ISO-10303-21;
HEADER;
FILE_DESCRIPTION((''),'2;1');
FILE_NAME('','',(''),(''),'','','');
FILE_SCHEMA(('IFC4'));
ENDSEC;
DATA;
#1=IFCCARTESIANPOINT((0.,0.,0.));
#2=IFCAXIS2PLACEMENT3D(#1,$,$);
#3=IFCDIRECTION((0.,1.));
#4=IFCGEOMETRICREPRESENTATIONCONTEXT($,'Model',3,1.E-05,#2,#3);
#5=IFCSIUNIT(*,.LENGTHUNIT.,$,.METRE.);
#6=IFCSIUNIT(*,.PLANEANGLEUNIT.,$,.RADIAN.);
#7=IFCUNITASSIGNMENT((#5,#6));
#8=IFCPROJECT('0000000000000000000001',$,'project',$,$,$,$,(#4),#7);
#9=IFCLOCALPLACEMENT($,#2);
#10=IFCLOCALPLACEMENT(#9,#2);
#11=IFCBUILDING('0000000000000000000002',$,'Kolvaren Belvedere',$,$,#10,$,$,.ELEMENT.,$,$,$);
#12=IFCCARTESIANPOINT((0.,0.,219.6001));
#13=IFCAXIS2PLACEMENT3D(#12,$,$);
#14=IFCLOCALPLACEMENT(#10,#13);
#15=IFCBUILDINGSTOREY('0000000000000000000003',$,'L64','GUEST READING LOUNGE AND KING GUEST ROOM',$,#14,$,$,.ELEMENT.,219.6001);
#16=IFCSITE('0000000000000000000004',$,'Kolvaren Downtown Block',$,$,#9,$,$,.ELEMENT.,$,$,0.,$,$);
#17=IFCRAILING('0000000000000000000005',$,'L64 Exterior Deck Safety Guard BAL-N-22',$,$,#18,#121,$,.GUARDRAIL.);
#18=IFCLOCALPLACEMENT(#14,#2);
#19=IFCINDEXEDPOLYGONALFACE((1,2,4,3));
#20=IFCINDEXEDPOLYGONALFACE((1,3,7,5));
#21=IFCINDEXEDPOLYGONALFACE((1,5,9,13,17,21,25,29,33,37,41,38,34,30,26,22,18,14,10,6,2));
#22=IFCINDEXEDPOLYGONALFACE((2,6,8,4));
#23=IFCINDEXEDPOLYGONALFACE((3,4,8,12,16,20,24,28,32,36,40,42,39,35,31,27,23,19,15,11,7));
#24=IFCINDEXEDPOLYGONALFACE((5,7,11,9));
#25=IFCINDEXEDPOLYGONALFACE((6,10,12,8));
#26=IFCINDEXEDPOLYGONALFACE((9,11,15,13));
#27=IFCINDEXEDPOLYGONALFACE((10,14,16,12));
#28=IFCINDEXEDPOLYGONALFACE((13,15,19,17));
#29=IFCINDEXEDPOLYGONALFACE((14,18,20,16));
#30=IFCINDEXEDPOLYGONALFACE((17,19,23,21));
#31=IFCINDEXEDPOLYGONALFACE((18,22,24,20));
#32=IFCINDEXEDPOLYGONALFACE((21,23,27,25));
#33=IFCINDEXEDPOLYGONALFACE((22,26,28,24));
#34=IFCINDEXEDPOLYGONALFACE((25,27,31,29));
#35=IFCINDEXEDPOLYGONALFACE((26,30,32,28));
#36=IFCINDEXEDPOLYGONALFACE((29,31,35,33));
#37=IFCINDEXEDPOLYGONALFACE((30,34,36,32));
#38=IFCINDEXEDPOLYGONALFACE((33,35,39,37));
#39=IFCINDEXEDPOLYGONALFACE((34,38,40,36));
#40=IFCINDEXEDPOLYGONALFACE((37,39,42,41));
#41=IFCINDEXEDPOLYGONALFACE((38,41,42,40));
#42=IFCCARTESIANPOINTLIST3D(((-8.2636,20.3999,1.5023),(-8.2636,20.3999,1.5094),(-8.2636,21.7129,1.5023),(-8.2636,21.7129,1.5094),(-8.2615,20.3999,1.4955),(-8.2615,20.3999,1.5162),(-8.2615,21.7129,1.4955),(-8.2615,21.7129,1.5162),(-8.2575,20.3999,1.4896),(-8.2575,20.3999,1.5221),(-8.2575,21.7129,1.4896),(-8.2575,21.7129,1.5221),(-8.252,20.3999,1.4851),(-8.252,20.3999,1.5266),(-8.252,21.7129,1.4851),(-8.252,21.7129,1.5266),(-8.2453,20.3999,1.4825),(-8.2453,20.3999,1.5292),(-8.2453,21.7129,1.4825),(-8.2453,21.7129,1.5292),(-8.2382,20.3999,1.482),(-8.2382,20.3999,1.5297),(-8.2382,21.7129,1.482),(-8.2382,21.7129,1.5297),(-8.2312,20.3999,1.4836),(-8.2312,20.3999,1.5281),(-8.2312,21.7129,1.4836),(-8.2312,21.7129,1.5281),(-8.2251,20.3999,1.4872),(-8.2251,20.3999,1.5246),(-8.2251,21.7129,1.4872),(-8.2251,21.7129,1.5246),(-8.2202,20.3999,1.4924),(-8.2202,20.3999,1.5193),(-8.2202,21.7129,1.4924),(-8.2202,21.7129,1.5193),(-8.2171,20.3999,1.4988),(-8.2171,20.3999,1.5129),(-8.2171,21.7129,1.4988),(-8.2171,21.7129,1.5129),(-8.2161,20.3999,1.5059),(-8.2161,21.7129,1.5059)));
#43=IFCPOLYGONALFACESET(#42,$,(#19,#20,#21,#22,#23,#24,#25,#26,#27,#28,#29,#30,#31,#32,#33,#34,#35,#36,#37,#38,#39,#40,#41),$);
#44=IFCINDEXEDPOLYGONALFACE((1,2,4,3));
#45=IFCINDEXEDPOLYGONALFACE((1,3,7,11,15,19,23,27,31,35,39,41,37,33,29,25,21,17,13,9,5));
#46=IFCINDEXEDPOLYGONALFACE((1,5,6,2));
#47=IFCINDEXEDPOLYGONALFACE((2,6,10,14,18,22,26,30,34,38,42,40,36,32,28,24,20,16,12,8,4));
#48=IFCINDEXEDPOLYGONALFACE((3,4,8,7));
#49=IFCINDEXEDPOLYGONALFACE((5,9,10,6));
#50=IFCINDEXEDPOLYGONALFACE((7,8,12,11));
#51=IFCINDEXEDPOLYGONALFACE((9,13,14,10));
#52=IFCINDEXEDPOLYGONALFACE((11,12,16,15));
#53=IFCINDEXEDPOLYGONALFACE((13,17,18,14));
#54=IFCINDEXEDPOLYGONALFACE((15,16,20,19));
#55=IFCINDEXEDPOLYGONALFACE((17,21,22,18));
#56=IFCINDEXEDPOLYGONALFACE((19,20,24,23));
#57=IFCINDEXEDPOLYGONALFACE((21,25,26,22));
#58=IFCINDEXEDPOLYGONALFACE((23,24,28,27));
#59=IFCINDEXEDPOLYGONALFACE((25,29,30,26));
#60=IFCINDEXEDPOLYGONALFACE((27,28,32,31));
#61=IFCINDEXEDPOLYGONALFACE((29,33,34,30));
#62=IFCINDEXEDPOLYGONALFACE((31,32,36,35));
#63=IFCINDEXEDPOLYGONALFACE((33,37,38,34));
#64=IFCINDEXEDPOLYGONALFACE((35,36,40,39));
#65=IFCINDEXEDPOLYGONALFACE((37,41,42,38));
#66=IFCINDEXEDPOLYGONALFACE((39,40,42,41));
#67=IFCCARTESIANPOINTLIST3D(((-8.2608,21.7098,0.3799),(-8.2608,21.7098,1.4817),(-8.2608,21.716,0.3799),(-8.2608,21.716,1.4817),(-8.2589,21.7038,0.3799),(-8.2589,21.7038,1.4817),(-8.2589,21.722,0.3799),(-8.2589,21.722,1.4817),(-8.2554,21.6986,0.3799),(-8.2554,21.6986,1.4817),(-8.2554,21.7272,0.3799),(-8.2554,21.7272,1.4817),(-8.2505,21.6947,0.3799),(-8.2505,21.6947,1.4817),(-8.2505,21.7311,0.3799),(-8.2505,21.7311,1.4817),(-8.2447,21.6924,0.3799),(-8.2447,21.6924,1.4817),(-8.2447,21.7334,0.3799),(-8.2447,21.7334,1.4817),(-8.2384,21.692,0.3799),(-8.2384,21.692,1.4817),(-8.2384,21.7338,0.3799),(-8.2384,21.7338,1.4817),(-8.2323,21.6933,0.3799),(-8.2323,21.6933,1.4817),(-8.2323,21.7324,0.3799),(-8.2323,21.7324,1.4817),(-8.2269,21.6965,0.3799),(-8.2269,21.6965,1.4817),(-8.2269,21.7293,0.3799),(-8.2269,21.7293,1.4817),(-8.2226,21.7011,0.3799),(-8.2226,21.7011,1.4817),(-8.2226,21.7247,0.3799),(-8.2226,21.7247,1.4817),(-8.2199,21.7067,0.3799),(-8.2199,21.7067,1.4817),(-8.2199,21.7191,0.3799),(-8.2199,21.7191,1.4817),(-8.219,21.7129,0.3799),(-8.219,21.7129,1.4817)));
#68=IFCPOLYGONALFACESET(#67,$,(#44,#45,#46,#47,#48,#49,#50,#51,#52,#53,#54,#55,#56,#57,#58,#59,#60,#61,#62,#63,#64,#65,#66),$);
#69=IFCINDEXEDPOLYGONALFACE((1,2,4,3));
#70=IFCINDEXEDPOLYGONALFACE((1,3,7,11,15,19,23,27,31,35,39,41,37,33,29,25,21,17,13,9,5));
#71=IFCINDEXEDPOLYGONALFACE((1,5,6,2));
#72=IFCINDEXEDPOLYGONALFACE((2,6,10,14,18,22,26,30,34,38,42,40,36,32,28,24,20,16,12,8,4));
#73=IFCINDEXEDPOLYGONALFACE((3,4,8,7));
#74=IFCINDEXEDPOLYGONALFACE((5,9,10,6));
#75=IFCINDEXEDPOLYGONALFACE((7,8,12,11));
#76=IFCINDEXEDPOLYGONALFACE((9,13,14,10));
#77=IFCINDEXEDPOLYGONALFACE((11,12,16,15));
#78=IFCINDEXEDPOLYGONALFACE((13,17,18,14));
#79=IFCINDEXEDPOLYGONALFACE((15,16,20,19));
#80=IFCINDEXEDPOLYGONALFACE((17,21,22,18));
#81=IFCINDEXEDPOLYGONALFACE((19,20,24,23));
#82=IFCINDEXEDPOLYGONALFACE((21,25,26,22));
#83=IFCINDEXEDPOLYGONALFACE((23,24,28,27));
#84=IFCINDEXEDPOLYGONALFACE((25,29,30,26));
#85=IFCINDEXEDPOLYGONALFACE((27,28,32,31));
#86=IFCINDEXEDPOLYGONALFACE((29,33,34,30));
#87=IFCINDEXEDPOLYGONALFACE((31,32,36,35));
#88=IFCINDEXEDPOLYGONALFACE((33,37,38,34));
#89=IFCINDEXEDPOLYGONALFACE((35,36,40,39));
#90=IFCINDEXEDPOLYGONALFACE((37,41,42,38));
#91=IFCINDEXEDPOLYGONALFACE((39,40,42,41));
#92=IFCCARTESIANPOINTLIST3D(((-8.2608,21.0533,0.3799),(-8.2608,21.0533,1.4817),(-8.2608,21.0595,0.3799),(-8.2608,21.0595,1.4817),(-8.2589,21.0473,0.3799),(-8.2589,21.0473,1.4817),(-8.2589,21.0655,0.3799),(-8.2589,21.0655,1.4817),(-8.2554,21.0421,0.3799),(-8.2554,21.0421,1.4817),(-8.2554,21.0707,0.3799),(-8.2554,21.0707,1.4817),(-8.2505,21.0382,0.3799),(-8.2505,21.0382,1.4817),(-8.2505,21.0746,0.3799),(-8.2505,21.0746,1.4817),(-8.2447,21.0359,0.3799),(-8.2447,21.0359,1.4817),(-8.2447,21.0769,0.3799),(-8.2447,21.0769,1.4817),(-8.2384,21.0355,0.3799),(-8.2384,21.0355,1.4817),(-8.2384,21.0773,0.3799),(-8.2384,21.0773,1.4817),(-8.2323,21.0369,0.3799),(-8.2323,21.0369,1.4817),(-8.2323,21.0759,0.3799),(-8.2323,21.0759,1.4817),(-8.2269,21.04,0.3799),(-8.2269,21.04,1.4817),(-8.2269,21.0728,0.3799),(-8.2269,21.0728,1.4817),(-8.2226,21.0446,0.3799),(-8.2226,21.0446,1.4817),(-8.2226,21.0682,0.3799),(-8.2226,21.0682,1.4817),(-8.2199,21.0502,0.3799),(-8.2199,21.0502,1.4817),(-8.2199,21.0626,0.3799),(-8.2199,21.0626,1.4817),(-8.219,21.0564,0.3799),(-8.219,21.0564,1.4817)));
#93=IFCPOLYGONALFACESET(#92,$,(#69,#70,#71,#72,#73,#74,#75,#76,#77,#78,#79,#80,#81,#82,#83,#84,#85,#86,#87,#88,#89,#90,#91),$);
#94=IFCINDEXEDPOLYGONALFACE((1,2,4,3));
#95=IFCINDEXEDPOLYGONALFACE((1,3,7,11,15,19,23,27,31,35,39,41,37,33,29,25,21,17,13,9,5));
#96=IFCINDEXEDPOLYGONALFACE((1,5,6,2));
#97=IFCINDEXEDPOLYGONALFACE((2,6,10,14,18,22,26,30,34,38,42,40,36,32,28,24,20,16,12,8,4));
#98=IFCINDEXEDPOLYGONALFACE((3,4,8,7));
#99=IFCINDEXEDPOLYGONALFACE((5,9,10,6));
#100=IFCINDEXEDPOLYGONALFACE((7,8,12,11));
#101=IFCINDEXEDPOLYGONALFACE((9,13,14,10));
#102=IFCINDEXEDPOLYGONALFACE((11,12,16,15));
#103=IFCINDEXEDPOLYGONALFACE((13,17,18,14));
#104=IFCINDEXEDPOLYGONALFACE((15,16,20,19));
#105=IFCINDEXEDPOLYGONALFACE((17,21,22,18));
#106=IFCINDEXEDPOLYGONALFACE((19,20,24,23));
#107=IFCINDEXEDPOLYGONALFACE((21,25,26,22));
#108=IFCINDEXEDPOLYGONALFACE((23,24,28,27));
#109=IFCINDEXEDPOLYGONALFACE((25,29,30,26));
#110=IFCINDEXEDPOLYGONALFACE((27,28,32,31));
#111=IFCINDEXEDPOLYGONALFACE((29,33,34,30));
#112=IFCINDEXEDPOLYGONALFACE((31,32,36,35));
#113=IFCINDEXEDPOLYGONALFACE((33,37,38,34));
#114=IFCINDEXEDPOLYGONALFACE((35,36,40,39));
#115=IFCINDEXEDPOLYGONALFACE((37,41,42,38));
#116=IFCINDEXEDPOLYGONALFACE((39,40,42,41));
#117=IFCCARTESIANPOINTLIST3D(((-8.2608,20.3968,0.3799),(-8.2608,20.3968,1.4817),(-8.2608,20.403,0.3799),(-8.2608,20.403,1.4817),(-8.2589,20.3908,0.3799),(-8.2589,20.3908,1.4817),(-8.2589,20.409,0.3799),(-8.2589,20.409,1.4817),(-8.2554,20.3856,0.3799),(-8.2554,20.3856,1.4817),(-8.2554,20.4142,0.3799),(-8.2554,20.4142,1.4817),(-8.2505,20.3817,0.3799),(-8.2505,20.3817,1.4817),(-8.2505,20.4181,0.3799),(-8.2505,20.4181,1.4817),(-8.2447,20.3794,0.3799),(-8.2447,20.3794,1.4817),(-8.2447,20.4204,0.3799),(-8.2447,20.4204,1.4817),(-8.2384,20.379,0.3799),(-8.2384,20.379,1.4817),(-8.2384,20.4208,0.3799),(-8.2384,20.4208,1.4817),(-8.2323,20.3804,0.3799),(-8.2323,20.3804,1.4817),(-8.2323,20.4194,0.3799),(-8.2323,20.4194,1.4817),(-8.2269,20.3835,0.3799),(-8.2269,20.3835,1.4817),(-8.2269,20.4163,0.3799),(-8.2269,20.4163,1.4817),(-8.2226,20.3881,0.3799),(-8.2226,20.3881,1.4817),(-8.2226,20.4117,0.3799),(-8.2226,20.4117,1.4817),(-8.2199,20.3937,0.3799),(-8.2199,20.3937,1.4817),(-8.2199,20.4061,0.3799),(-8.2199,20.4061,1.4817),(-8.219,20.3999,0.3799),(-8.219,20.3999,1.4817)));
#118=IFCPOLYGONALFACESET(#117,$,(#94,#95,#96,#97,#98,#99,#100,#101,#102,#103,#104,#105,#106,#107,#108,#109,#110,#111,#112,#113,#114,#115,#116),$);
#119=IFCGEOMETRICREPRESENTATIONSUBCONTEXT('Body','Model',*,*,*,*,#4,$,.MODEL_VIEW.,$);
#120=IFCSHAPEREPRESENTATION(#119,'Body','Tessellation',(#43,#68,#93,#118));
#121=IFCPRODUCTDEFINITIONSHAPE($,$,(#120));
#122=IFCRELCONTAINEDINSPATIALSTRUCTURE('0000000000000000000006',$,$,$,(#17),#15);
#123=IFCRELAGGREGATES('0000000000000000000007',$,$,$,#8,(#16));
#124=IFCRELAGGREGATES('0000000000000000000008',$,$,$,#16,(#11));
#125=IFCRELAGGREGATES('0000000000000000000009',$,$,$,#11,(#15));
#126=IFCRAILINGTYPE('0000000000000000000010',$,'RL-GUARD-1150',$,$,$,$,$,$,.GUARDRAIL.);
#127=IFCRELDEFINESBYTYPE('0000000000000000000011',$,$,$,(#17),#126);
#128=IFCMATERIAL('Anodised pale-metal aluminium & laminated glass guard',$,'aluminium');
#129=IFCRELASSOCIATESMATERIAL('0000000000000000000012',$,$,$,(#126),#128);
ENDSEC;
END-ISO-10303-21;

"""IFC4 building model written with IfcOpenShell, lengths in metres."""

from ifc_helpers import new_model, si_unit, direction, frame, origin, origin_2d, place, context, subcontext, project, spatial, circle, extrude, material, type_object, element, save


model = new_model("IFC4")

# Units and contexts
model_context = context("Model", 3, precision=1e-05, world=origin(), true_north=direction((0.0, 1.0)))
body_context = subcontext(model_context, "Body", "Model", "MODEL_VIEW")
ifc_project = project(units=[si_unit("LENGTHUNIT", "METRE"), si_unit("PLANEANGLEUNIT", "RADIAN")], contexts=[model_context])

# Site, building, storey
site_placement = place(None, origin())
site = spatial("IfcSite", under=ifc_project, at=site_placement, Name="Kolvaren Downtown Block", CompositionType="ELEMENT", RefElevation=0.0)
building_placement = place(site_placement, origin())
building = spatial("IfcBuilding", under=site, at=building_placement, Name="Kolvaren Belvedere", CompositionType="ELEMENT")
storey_placement = place(building_placement, frame((0.0, 0.0, 219.6001)))
storey = spatial("IfcBuildingStorey", under=building, at=storey_placement, Name="L64", Description="GUEST READING LOUNGE AND KING GUEST ROOM", CompositionType="ELEMENT", Elevation=219.6001)

# Railing
ifc_material_1 = material(Name="Anodised pale-metal aluminium & laminated glass guard", Category="aluminium")
railing_type = type_object("IfcRailingType", Name="RL-GUARD-1150", PredefinedType="GUARDRAIL", material=ifc_material_1)
railing_placement = place(storey_placement, frame((-8.24, 21.7129, 0.3799)))
element("IfcRailing", 1, at=railing_placement, inside=storey, type_object=railing_type, Name="L64 Exterior Deck Safety Guard BAL-N-22", PredefinedType="GUARDRAIL", context=body_context, shape_type="SweptSolid", body=[
    extrude(circle(Radius=0.0239, at=origin_2d()), frame((0.0, 0.0, 1.126), z_axis=(0.0, -1.0, 0.0), x_axis=(1.0, 0.0, 0.0)), (0.0, 0.0, 1.0), 1.313),
    extrude(circle(Radius=0.021, at=origin_2d()), origin(), (0.0, 0.0, 1.0), 1.1018),
    extrude(circle(Radius=0.021, at=origin_2d()), frame((0.0, -0.6565, 0.0)), (0.0, 0.0, 1.0), 1.1018),
    extrude(circle(Radius=0.021, at=origin_2d()), frame((0.0, -1.313, 0.0)), (0.0, 0.0, 1.0), 1.1018),
])

save(model, "model.ifc")
